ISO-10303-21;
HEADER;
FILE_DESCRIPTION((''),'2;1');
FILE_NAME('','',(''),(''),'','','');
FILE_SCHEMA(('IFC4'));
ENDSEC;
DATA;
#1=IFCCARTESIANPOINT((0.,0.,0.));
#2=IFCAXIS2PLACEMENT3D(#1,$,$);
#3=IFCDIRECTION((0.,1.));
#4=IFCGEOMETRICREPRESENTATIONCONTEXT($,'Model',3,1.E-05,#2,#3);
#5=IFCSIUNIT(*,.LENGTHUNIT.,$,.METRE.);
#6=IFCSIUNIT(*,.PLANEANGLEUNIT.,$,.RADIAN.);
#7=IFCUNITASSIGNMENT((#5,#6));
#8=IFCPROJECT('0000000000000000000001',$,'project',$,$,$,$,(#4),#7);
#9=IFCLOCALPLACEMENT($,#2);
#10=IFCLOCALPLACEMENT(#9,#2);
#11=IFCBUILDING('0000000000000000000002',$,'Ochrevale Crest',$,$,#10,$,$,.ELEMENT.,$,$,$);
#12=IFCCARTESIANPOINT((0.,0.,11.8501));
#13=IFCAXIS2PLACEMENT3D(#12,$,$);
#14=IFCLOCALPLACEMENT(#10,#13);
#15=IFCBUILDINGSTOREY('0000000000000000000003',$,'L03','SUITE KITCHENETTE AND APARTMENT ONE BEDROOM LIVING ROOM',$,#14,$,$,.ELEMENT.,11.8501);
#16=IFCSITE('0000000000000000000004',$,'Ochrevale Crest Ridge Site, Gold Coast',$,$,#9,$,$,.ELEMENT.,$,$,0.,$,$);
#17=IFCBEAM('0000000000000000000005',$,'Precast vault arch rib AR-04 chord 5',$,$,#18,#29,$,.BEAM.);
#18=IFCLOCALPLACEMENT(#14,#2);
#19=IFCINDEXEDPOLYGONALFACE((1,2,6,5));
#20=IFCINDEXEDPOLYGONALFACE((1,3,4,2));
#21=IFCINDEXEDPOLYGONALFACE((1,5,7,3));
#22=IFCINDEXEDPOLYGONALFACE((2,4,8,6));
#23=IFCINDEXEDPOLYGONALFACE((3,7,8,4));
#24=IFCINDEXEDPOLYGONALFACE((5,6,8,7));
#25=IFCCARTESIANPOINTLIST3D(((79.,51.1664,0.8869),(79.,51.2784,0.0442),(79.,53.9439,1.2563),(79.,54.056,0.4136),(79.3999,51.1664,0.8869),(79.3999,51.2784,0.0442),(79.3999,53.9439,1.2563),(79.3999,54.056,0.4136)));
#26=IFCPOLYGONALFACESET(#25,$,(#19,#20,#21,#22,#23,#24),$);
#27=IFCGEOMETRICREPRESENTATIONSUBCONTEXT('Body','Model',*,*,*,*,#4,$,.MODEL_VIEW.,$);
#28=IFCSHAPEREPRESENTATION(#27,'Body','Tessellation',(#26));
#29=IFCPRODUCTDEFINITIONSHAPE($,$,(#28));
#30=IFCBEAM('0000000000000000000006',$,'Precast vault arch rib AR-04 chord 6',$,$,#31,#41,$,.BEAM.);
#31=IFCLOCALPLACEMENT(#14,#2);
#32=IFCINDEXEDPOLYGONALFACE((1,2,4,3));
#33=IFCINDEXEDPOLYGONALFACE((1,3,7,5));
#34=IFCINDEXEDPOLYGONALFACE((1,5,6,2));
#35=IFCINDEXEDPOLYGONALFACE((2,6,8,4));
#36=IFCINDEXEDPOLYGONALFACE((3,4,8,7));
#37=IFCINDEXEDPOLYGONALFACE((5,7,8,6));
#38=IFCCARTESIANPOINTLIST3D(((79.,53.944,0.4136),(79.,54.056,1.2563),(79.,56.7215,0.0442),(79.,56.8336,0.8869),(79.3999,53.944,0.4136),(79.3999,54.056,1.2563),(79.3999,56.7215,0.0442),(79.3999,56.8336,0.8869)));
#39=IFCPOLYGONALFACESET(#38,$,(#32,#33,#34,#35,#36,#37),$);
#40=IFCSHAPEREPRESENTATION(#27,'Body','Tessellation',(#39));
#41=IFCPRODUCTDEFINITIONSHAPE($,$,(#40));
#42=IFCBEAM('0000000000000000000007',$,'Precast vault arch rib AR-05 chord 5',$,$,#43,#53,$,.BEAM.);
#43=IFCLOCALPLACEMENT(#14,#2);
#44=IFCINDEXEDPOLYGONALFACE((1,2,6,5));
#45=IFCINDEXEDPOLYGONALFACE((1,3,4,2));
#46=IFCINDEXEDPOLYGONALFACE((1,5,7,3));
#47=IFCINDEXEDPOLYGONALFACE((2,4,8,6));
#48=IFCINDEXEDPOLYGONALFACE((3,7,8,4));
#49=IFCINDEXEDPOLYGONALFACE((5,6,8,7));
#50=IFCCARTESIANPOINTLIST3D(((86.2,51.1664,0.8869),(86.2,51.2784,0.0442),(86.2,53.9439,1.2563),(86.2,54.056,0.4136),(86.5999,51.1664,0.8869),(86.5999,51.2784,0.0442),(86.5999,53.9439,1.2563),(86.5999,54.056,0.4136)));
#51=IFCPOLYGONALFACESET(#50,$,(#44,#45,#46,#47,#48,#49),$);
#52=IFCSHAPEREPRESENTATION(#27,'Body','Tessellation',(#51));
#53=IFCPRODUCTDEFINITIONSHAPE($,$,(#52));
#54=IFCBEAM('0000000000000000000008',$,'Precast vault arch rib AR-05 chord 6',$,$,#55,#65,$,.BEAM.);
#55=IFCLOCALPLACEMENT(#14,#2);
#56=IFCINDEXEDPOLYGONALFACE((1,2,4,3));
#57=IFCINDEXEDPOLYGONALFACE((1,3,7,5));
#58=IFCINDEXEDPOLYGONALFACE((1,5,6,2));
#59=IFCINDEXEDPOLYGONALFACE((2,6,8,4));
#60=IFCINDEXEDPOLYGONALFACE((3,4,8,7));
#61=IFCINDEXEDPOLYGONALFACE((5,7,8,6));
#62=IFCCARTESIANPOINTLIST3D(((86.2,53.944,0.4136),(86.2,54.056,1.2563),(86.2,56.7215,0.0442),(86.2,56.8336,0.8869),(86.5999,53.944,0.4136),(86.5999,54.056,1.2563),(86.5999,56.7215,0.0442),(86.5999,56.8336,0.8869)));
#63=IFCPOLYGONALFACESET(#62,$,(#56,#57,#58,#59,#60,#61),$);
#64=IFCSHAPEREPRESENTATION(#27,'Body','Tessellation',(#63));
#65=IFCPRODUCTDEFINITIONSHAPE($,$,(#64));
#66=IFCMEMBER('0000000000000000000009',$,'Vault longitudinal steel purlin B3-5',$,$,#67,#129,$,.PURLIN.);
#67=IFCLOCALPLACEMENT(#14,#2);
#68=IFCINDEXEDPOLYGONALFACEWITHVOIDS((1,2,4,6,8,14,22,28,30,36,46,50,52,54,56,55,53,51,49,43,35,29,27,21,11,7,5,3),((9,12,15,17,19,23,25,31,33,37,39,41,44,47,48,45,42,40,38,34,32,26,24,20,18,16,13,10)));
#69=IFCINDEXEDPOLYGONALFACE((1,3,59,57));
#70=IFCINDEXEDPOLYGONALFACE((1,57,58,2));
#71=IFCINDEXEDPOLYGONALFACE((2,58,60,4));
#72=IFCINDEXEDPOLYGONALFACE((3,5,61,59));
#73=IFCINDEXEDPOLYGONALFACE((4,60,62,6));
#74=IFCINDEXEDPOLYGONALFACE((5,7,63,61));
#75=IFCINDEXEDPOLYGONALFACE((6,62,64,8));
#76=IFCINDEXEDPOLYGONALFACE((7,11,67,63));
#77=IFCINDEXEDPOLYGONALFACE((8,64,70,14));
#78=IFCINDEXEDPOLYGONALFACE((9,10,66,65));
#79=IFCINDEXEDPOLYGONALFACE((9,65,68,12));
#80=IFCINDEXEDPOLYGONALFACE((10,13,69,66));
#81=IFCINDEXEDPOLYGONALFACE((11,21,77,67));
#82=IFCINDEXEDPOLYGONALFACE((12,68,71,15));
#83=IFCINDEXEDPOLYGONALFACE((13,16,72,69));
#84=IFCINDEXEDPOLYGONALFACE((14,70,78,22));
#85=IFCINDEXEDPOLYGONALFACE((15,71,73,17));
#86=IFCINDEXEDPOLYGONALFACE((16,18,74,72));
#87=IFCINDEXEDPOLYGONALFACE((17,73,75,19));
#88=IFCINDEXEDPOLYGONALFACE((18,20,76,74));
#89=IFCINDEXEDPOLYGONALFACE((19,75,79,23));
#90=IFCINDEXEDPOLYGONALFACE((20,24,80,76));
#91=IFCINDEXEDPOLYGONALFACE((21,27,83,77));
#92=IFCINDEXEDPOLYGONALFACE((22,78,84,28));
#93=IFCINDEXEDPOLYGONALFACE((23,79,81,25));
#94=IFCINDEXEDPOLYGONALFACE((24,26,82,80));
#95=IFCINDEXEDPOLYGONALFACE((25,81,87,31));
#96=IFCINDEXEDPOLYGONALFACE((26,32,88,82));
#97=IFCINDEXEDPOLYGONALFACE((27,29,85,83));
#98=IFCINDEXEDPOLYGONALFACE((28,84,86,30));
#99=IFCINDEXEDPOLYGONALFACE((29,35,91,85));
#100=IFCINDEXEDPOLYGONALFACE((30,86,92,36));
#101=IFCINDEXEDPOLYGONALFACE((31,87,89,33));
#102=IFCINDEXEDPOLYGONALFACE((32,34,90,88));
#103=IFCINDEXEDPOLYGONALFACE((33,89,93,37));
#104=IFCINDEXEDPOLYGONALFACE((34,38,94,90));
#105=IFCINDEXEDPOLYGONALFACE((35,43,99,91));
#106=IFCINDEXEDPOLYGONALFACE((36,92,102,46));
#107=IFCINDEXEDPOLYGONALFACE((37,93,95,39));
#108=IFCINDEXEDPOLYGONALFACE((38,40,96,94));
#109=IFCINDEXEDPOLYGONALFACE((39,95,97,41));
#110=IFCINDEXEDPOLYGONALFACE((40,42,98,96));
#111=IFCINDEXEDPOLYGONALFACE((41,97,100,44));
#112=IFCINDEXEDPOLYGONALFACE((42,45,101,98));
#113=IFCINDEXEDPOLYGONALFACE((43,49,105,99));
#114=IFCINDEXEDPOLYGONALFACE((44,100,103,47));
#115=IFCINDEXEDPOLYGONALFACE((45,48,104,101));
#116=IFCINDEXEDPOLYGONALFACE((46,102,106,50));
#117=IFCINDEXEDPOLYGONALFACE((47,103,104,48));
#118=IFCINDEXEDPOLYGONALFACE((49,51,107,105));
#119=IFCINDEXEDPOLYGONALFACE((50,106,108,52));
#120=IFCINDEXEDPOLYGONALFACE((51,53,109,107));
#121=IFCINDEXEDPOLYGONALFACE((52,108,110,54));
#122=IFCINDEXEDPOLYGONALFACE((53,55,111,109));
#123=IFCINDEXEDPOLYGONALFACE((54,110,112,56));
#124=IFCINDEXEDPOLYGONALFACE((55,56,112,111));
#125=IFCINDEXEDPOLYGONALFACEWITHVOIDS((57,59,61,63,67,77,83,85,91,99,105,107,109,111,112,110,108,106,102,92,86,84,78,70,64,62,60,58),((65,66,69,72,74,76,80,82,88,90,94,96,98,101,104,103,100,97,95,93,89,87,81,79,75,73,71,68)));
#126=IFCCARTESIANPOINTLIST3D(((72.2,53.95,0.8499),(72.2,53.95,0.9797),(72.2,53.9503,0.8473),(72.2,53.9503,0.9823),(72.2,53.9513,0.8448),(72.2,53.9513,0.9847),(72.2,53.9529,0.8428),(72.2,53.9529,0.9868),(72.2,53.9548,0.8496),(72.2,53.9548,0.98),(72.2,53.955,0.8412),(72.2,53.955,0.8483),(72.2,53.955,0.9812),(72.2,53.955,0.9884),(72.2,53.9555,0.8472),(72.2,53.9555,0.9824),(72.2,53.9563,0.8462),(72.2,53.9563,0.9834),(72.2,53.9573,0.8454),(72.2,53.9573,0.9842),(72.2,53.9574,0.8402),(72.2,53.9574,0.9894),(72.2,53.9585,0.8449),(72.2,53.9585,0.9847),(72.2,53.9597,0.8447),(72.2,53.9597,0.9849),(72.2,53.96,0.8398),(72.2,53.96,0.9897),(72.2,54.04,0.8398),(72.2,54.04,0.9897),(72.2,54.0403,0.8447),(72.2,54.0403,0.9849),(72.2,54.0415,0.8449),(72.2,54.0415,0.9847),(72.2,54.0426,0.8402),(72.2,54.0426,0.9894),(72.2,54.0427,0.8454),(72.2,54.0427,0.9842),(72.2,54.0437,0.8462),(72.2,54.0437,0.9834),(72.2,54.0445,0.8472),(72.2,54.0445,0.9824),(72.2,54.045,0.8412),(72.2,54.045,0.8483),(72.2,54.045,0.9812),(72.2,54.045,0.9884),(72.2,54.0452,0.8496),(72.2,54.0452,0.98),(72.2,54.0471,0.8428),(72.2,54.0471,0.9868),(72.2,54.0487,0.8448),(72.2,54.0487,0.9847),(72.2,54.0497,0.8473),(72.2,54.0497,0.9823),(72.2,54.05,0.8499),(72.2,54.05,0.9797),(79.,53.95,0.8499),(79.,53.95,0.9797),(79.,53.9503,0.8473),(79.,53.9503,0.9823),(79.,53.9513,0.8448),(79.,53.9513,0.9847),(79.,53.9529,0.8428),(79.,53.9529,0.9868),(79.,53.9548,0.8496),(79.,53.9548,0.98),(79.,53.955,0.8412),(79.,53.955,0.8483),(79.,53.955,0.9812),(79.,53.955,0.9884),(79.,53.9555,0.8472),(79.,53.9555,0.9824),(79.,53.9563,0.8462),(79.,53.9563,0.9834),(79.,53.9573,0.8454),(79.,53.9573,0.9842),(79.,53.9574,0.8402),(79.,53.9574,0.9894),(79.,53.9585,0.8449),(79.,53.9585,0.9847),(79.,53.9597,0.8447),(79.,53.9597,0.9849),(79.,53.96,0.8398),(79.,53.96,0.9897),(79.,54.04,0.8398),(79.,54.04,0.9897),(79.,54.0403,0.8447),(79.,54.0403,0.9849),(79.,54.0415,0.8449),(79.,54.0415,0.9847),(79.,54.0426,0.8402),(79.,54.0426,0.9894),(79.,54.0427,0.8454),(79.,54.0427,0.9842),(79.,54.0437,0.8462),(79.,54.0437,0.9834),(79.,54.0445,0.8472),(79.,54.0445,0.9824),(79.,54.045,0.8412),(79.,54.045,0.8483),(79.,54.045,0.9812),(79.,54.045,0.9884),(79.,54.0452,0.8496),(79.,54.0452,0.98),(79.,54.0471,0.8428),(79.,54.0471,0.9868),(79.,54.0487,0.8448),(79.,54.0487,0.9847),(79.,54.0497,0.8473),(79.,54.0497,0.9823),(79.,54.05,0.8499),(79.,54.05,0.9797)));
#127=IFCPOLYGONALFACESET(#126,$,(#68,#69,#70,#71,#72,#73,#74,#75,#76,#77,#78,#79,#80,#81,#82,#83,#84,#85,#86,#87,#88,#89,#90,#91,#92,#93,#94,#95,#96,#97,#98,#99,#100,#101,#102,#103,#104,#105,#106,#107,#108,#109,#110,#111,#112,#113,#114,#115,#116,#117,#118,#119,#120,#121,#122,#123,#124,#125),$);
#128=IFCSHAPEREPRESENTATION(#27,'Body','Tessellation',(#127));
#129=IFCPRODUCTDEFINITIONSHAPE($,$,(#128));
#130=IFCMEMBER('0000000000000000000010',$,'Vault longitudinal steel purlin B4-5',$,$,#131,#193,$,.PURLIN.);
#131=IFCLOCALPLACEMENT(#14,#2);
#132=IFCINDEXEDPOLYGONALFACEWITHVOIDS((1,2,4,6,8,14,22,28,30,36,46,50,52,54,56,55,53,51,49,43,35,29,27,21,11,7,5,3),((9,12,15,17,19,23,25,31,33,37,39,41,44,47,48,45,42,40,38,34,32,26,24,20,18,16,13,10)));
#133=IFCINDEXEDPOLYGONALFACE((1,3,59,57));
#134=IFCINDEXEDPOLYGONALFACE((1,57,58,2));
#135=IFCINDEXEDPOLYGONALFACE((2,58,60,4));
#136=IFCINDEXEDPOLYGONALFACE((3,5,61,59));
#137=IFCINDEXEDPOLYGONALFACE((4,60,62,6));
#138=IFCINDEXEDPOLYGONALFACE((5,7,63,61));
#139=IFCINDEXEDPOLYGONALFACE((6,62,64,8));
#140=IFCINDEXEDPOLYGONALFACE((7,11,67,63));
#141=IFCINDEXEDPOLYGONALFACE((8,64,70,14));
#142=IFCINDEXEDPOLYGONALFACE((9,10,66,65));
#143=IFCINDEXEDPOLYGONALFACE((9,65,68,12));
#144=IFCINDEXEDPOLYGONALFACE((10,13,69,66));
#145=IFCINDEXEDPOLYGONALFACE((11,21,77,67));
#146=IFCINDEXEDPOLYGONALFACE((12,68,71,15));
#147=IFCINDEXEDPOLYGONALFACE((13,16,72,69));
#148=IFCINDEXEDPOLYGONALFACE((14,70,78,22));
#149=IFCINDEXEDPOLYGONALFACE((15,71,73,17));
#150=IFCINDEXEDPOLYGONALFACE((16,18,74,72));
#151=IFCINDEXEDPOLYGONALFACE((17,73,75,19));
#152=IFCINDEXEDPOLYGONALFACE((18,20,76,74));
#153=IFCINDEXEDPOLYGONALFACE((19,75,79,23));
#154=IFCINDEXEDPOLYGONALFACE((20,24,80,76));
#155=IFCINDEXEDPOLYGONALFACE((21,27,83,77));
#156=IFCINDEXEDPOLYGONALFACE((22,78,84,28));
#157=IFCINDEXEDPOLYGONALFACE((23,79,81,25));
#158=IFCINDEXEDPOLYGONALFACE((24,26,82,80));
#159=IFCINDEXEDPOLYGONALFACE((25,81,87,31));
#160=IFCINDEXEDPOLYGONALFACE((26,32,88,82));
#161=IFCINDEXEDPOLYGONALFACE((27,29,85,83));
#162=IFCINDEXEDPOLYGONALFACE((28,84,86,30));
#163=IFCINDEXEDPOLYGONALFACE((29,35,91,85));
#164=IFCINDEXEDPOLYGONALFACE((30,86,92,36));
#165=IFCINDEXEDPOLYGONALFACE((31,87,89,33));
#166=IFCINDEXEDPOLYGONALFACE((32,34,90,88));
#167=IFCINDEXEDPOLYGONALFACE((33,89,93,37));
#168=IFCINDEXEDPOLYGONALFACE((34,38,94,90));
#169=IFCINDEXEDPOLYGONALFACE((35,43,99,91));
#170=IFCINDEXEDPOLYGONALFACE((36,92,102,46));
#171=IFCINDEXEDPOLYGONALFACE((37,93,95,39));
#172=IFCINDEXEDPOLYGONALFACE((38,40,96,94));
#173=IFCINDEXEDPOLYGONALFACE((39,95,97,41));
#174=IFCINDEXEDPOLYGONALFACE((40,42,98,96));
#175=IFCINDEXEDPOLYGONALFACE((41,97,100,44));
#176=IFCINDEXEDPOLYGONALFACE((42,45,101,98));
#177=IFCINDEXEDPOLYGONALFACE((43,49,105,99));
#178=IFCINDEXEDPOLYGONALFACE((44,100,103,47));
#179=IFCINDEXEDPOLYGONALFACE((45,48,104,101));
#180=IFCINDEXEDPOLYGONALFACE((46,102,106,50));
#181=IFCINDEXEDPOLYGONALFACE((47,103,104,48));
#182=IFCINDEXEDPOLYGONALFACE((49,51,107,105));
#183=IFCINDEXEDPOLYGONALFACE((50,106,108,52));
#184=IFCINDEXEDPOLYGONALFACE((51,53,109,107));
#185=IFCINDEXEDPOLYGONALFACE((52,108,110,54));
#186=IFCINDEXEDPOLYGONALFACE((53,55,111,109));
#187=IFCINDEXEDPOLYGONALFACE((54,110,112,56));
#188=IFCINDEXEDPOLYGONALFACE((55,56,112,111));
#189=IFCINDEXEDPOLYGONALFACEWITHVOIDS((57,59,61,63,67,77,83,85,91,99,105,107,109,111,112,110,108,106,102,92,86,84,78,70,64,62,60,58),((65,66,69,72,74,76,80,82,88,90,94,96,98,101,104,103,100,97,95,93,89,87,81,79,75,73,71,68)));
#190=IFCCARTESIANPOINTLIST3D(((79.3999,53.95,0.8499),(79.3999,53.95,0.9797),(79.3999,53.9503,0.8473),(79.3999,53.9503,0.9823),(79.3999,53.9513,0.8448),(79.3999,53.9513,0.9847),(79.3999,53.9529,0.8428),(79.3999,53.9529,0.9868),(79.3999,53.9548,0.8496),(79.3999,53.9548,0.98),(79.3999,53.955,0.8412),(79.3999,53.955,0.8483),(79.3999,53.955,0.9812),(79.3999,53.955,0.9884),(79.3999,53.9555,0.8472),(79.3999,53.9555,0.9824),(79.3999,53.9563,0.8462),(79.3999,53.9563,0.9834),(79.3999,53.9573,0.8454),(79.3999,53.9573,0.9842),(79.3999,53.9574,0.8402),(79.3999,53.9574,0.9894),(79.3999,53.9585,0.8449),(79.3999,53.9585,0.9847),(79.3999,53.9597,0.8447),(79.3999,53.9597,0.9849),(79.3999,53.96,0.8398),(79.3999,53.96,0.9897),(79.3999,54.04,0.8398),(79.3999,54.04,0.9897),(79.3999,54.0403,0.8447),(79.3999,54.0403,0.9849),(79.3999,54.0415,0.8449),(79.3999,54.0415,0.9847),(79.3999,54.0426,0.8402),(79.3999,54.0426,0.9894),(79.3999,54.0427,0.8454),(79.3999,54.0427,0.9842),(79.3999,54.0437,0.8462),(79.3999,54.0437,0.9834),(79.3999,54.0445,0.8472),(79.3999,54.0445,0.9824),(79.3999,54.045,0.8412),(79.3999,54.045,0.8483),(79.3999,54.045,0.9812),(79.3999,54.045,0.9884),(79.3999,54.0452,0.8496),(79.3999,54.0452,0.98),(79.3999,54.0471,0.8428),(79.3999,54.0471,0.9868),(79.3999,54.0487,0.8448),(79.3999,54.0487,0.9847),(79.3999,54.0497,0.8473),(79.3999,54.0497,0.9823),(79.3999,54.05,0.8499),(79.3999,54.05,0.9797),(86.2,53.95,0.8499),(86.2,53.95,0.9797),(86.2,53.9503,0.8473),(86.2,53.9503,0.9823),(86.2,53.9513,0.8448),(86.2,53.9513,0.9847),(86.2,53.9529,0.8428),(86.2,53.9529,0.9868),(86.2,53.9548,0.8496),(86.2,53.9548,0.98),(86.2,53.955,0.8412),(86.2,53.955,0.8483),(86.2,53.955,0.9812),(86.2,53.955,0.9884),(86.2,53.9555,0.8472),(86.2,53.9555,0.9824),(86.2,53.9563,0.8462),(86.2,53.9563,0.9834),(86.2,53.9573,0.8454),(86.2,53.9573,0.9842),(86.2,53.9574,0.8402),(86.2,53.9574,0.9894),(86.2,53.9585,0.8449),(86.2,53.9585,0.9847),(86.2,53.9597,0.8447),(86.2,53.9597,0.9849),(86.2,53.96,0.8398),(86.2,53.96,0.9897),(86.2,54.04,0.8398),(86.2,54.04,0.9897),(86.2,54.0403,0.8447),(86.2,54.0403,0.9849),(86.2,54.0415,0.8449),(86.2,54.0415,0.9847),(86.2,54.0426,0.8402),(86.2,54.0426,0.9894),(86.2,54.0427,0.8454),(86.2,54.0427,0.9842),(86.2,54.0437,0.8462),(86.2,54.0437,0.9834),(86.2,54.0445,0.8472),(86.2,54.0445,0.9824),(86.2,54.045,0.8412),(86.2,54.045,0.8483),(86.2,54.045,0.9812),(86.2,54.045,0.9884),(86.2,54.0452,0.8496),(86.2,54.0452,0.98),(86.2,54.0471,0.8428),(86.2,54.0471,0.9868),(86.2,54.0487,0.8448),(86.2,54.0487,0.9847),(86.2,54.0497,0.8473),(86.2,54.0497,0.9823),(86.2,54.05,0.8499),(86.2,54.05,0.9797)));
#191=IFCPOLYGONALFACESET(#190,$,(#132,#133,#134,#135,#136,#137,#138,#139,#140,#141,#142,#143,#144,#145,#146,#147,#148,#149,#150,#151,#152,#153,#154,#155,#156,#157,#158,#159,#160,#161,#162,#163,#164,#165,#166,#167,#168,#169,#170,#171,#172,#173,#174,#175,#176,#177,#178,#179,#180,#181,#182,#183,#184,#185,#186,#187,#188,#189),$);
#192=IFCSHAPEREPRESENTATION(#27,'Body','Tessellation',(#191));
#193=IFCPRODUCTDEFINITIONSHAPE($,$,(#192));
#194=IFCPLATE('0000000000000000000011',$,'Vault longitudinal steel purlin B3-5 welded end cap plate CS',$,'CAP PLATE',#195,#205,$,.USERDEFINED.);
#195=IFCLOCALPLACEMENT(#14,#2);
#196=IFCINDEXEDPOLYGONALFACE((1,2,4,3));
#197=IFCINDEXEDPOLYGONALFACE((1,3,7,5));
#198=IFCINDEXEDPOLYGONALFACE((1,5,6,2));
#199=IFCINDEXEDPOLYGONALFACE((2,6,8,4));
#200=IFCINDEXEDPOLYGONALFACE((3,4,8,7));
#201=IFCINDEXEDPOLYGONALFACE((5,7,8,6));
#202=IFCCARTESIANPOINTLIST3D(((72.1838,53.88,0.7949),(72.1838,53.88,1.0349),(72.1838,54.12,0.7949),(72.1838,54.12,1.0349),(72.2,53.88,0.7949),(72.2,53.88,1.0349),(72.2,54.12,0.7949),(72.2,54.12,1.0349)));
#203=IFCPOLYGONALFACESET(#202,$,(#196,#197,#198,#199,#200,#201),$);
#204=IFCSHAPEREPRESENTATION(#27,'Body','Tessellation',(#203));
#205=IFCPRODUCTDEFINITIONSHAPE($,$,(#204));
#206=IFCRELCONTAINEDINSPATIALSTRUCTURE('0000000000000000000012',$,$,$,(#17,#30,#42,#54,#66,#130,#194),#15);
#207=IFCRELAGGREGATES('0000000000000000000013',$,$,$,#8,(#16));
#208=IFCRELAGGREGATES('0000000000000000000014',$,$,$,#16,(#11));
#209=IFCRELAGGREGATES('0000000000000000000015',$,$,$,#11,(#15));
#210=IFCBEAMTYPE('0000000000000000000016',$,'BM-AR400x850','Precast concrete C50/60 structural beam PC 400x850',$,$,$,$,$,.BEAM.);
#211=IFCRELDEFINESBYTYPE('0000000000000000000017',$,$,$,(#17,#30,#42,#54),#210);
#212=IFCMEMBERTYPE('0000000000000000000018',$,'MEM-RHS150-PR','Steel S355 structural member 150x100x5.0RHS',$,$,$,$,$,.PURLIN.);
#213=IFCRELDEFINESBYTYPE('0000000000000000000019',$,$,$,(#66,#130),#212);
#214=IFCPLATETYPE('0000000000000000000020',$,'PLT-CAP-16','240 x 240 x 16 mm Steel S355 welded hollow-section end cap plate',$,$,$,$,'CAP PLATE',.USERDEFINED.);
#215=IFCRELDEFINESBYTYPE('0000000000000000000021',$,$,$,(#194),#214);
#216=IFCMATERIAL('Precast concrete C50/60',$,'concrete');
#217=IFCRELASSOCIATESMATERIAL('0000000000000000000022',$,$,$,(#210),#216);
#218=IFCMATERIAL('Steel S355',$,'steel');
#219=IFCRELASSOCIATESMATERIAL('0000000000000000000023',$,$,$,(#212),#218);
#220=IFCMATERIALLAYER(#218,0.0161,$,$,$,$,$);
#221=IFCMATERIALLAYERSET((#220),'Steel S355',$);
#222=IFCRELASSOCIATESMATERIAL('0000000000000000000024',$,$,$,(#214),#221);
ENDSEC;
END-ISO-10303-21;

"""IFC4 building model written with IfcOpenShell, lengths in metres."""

from ifc_helpers import new_model, si_unit, direction, frame, origin, origin_2d, place, context, subcontext, project, spatial, rectangle, hollow_rectangle, extrude, material, layer, layer_set, material_profile, profile_set, type_object, element, save


model = new_model("IFC4")

# Units and contexts
model_context = context("Model", 3, precision=1e-05, world=origin(), true_north=direction((0.0, 1.0)))
body_context = subcontext(model_context, "Body", "Model", "MODEL_VIEW")
ifc_project = project(units=[si_unit("LENGTHUNIT", "METRE"), si_unit("PLANEANGLEUNIT", "RADIAN")], contexts=[model_context])

# Site, building, storey
site_placement = place(None, origin())
site = spatial("IfcSite", under=ifc_project, at=site_placement, Name="Ochrevale Crest Ridge Site, Gold Coast", CompositionType="ELEMENT", RefElevation=0.0)
building_placement = place(site_placement, origin())
building = spatial("IfcBuilding", under=site, at=building_placement, Name="Ochrevale Crest", CompositionType="ELEMENT")
storey_placement = place(building_placement, frame((0.0, 0.0, 11.8501)))
storey = spatial("IfcBuildingStorey", under=building, at=storey_placement, Name="L03", Description="SUITE KITCHENETTE AND APARTMENT ONE BEDROOM LIVING ROOM", CompositionType="ELEMENT", Elevation=11.8501)

# Beams
ifc_material_1 = material(Name="Precast concrete C50/60", Category="concrete")
ifc_material_profile_1 = material_profile(ifc_material_1, rectangle(XDim=0.3999, YDim=0.8501, at=origin_2d()), Name="PC 400x850")
ifc_profile_set_1 = profile_set([ifc_material_profile_1], Name="Precast concrete C50/60")
beam_type = type_object("IfcBeamType", Name="BM-AR400x850", Description="Precast concrete C50/60 structural beam PC 400x850", PredefinedType="BEAM", material=ifc_profile_set_1)
for number, where, z_axis, x_axis, name in (
    (1, (79.2, 51.2224, 0.4656), (0.0, 0.991273, 0.131827), (-1.0, 0.0, 0.0), "Precast vault arch rib AR-04 chord 5"),
    (2, (79.2, 54.0, 0.835), (0.0, 0.991273, -0.131827), (-1.0, 0.0, 0.0), "Precast vault arch rib AR-04 chord 6"),
    (3, (86.3999, 51.2224, 0.4656), (0.0, 0.991273, 0.131827), (-1.0, 0.0, 0.0), "Precast vault arch rib AR-05 chord 5"),
    (4, (86.3999, 54.0, 0.835), (0.0, 0.991273, -0.131827), (-1.0, 0.0, 0.0), "Precast vault arch rib AR-05 chord 6"),
):
    element("IfcBeam", number, at=place(storey_placement, frame(where, z_axis=z_axis, x_axis=x_axis)), inside=storey, type_object=beam_type, Name=name, PredefinedType="BEAM", context=body_context, shape_type="SweptSolid", body=[
        extrude(rectangle(XDim=0.3999, YDim=0.8501, at=origin_2d()), origin(), (0.0, 0.0, 1.0), 2.802),
    ])

# Members
ifc_material_2 = material(Name="Steel S355", Category="steel")
ifc_material_profile_2 = material_profile(ifc_material_2, hollow_rectangle(XDim=0.1001, YDim=0.1499, WallThickness=0.0049, InnerFilletRadius=0.0049, OuterFilletRadius=0.01, at=origin_2d()), Name="150x100x5.0RHS")
ifc_profile_set_2 = profile_set([ifc_material_profile_2], Name="Steel S355")
member_type = type_object("IfcMemberType", Name="MEM-RHS150-PR", Description="Steel S355 structural member 150x100x5.0RHS", PredefinedType="PURLIN", material=ifc_profile_set_2)
for number, where, z_axis, x_axis, name in (
    (5, (72.2, 54.0, 0.9148), (1.0, 0.0, 0.0), (0.0, 1.0, 0.0), "Vault longitudinal steel purlin B3-5"),
    (6, (79.3999, 54.0, 0.9148), (1.0, 0.0, 0.0), (0.0, 1.0, 0.0), "Vault longitudinal steel purlin B4-5"),
):
    element("IfcMember", number, at=place(storey_placement, frame(where, z_axis=z_axis, x_axis=x_axis)), inside=storey, type_object=member_type, Name=name, PredefinedType="PURLIN", context=body_context, shape_type="SweptSolid", body=[
        extrude(hollow_rectangle(XDim=0.1001, YDim=0.1499, WallThickness=0.0049, InnerFilletRadius=0.0049, OuterFilletRadius=0.01, at=origin_2d()), origin(), (0.0, 0.0, 1.0), 6.8),
    ])

# Plate
ifc_layer_1 = layer(ifc_material_2, 0.0161)
ifc_layer_set_1 = layer_set([ifc_layer_1], Name="Steel S355")
plate_type = type_object("IfcPlateType", Name="PLT-CAP-16", Description="240 x 240 x 16 mm Steel S355 welded hollow-section end cap plate", ElementType="CAP PLATE", PredefinedType="USERDEFINED", material=ifc_layer_set_1)
for number, where, z_axis, x_axis, name in (
    (7, (72.1919, 54.0, 0.7949), (0.0, 0.0, 1.0), (1.0, 0.0, 0.0), "Vault longitudinal steel purlin B3-5 welded end cap plate CS"),
):
    element("IfcPlate", number, at=place(storey_placement, frame(where, z_axis=z_axis, x_axis=x_axis)), inside=storey, type_object=plate_type, Name=name, ObjectType="CAP PLATE", PredefinedType="USERDEFINED", context=body_context, shape_type="SweptSolid", body=[
        extrude(rectangle(XDim=0.0161, YDim=0.24, at=origin_2d()), origin(), (0.0, 0.0, 1.0), 0.24),
    ])

save(model, "model.ifc")
